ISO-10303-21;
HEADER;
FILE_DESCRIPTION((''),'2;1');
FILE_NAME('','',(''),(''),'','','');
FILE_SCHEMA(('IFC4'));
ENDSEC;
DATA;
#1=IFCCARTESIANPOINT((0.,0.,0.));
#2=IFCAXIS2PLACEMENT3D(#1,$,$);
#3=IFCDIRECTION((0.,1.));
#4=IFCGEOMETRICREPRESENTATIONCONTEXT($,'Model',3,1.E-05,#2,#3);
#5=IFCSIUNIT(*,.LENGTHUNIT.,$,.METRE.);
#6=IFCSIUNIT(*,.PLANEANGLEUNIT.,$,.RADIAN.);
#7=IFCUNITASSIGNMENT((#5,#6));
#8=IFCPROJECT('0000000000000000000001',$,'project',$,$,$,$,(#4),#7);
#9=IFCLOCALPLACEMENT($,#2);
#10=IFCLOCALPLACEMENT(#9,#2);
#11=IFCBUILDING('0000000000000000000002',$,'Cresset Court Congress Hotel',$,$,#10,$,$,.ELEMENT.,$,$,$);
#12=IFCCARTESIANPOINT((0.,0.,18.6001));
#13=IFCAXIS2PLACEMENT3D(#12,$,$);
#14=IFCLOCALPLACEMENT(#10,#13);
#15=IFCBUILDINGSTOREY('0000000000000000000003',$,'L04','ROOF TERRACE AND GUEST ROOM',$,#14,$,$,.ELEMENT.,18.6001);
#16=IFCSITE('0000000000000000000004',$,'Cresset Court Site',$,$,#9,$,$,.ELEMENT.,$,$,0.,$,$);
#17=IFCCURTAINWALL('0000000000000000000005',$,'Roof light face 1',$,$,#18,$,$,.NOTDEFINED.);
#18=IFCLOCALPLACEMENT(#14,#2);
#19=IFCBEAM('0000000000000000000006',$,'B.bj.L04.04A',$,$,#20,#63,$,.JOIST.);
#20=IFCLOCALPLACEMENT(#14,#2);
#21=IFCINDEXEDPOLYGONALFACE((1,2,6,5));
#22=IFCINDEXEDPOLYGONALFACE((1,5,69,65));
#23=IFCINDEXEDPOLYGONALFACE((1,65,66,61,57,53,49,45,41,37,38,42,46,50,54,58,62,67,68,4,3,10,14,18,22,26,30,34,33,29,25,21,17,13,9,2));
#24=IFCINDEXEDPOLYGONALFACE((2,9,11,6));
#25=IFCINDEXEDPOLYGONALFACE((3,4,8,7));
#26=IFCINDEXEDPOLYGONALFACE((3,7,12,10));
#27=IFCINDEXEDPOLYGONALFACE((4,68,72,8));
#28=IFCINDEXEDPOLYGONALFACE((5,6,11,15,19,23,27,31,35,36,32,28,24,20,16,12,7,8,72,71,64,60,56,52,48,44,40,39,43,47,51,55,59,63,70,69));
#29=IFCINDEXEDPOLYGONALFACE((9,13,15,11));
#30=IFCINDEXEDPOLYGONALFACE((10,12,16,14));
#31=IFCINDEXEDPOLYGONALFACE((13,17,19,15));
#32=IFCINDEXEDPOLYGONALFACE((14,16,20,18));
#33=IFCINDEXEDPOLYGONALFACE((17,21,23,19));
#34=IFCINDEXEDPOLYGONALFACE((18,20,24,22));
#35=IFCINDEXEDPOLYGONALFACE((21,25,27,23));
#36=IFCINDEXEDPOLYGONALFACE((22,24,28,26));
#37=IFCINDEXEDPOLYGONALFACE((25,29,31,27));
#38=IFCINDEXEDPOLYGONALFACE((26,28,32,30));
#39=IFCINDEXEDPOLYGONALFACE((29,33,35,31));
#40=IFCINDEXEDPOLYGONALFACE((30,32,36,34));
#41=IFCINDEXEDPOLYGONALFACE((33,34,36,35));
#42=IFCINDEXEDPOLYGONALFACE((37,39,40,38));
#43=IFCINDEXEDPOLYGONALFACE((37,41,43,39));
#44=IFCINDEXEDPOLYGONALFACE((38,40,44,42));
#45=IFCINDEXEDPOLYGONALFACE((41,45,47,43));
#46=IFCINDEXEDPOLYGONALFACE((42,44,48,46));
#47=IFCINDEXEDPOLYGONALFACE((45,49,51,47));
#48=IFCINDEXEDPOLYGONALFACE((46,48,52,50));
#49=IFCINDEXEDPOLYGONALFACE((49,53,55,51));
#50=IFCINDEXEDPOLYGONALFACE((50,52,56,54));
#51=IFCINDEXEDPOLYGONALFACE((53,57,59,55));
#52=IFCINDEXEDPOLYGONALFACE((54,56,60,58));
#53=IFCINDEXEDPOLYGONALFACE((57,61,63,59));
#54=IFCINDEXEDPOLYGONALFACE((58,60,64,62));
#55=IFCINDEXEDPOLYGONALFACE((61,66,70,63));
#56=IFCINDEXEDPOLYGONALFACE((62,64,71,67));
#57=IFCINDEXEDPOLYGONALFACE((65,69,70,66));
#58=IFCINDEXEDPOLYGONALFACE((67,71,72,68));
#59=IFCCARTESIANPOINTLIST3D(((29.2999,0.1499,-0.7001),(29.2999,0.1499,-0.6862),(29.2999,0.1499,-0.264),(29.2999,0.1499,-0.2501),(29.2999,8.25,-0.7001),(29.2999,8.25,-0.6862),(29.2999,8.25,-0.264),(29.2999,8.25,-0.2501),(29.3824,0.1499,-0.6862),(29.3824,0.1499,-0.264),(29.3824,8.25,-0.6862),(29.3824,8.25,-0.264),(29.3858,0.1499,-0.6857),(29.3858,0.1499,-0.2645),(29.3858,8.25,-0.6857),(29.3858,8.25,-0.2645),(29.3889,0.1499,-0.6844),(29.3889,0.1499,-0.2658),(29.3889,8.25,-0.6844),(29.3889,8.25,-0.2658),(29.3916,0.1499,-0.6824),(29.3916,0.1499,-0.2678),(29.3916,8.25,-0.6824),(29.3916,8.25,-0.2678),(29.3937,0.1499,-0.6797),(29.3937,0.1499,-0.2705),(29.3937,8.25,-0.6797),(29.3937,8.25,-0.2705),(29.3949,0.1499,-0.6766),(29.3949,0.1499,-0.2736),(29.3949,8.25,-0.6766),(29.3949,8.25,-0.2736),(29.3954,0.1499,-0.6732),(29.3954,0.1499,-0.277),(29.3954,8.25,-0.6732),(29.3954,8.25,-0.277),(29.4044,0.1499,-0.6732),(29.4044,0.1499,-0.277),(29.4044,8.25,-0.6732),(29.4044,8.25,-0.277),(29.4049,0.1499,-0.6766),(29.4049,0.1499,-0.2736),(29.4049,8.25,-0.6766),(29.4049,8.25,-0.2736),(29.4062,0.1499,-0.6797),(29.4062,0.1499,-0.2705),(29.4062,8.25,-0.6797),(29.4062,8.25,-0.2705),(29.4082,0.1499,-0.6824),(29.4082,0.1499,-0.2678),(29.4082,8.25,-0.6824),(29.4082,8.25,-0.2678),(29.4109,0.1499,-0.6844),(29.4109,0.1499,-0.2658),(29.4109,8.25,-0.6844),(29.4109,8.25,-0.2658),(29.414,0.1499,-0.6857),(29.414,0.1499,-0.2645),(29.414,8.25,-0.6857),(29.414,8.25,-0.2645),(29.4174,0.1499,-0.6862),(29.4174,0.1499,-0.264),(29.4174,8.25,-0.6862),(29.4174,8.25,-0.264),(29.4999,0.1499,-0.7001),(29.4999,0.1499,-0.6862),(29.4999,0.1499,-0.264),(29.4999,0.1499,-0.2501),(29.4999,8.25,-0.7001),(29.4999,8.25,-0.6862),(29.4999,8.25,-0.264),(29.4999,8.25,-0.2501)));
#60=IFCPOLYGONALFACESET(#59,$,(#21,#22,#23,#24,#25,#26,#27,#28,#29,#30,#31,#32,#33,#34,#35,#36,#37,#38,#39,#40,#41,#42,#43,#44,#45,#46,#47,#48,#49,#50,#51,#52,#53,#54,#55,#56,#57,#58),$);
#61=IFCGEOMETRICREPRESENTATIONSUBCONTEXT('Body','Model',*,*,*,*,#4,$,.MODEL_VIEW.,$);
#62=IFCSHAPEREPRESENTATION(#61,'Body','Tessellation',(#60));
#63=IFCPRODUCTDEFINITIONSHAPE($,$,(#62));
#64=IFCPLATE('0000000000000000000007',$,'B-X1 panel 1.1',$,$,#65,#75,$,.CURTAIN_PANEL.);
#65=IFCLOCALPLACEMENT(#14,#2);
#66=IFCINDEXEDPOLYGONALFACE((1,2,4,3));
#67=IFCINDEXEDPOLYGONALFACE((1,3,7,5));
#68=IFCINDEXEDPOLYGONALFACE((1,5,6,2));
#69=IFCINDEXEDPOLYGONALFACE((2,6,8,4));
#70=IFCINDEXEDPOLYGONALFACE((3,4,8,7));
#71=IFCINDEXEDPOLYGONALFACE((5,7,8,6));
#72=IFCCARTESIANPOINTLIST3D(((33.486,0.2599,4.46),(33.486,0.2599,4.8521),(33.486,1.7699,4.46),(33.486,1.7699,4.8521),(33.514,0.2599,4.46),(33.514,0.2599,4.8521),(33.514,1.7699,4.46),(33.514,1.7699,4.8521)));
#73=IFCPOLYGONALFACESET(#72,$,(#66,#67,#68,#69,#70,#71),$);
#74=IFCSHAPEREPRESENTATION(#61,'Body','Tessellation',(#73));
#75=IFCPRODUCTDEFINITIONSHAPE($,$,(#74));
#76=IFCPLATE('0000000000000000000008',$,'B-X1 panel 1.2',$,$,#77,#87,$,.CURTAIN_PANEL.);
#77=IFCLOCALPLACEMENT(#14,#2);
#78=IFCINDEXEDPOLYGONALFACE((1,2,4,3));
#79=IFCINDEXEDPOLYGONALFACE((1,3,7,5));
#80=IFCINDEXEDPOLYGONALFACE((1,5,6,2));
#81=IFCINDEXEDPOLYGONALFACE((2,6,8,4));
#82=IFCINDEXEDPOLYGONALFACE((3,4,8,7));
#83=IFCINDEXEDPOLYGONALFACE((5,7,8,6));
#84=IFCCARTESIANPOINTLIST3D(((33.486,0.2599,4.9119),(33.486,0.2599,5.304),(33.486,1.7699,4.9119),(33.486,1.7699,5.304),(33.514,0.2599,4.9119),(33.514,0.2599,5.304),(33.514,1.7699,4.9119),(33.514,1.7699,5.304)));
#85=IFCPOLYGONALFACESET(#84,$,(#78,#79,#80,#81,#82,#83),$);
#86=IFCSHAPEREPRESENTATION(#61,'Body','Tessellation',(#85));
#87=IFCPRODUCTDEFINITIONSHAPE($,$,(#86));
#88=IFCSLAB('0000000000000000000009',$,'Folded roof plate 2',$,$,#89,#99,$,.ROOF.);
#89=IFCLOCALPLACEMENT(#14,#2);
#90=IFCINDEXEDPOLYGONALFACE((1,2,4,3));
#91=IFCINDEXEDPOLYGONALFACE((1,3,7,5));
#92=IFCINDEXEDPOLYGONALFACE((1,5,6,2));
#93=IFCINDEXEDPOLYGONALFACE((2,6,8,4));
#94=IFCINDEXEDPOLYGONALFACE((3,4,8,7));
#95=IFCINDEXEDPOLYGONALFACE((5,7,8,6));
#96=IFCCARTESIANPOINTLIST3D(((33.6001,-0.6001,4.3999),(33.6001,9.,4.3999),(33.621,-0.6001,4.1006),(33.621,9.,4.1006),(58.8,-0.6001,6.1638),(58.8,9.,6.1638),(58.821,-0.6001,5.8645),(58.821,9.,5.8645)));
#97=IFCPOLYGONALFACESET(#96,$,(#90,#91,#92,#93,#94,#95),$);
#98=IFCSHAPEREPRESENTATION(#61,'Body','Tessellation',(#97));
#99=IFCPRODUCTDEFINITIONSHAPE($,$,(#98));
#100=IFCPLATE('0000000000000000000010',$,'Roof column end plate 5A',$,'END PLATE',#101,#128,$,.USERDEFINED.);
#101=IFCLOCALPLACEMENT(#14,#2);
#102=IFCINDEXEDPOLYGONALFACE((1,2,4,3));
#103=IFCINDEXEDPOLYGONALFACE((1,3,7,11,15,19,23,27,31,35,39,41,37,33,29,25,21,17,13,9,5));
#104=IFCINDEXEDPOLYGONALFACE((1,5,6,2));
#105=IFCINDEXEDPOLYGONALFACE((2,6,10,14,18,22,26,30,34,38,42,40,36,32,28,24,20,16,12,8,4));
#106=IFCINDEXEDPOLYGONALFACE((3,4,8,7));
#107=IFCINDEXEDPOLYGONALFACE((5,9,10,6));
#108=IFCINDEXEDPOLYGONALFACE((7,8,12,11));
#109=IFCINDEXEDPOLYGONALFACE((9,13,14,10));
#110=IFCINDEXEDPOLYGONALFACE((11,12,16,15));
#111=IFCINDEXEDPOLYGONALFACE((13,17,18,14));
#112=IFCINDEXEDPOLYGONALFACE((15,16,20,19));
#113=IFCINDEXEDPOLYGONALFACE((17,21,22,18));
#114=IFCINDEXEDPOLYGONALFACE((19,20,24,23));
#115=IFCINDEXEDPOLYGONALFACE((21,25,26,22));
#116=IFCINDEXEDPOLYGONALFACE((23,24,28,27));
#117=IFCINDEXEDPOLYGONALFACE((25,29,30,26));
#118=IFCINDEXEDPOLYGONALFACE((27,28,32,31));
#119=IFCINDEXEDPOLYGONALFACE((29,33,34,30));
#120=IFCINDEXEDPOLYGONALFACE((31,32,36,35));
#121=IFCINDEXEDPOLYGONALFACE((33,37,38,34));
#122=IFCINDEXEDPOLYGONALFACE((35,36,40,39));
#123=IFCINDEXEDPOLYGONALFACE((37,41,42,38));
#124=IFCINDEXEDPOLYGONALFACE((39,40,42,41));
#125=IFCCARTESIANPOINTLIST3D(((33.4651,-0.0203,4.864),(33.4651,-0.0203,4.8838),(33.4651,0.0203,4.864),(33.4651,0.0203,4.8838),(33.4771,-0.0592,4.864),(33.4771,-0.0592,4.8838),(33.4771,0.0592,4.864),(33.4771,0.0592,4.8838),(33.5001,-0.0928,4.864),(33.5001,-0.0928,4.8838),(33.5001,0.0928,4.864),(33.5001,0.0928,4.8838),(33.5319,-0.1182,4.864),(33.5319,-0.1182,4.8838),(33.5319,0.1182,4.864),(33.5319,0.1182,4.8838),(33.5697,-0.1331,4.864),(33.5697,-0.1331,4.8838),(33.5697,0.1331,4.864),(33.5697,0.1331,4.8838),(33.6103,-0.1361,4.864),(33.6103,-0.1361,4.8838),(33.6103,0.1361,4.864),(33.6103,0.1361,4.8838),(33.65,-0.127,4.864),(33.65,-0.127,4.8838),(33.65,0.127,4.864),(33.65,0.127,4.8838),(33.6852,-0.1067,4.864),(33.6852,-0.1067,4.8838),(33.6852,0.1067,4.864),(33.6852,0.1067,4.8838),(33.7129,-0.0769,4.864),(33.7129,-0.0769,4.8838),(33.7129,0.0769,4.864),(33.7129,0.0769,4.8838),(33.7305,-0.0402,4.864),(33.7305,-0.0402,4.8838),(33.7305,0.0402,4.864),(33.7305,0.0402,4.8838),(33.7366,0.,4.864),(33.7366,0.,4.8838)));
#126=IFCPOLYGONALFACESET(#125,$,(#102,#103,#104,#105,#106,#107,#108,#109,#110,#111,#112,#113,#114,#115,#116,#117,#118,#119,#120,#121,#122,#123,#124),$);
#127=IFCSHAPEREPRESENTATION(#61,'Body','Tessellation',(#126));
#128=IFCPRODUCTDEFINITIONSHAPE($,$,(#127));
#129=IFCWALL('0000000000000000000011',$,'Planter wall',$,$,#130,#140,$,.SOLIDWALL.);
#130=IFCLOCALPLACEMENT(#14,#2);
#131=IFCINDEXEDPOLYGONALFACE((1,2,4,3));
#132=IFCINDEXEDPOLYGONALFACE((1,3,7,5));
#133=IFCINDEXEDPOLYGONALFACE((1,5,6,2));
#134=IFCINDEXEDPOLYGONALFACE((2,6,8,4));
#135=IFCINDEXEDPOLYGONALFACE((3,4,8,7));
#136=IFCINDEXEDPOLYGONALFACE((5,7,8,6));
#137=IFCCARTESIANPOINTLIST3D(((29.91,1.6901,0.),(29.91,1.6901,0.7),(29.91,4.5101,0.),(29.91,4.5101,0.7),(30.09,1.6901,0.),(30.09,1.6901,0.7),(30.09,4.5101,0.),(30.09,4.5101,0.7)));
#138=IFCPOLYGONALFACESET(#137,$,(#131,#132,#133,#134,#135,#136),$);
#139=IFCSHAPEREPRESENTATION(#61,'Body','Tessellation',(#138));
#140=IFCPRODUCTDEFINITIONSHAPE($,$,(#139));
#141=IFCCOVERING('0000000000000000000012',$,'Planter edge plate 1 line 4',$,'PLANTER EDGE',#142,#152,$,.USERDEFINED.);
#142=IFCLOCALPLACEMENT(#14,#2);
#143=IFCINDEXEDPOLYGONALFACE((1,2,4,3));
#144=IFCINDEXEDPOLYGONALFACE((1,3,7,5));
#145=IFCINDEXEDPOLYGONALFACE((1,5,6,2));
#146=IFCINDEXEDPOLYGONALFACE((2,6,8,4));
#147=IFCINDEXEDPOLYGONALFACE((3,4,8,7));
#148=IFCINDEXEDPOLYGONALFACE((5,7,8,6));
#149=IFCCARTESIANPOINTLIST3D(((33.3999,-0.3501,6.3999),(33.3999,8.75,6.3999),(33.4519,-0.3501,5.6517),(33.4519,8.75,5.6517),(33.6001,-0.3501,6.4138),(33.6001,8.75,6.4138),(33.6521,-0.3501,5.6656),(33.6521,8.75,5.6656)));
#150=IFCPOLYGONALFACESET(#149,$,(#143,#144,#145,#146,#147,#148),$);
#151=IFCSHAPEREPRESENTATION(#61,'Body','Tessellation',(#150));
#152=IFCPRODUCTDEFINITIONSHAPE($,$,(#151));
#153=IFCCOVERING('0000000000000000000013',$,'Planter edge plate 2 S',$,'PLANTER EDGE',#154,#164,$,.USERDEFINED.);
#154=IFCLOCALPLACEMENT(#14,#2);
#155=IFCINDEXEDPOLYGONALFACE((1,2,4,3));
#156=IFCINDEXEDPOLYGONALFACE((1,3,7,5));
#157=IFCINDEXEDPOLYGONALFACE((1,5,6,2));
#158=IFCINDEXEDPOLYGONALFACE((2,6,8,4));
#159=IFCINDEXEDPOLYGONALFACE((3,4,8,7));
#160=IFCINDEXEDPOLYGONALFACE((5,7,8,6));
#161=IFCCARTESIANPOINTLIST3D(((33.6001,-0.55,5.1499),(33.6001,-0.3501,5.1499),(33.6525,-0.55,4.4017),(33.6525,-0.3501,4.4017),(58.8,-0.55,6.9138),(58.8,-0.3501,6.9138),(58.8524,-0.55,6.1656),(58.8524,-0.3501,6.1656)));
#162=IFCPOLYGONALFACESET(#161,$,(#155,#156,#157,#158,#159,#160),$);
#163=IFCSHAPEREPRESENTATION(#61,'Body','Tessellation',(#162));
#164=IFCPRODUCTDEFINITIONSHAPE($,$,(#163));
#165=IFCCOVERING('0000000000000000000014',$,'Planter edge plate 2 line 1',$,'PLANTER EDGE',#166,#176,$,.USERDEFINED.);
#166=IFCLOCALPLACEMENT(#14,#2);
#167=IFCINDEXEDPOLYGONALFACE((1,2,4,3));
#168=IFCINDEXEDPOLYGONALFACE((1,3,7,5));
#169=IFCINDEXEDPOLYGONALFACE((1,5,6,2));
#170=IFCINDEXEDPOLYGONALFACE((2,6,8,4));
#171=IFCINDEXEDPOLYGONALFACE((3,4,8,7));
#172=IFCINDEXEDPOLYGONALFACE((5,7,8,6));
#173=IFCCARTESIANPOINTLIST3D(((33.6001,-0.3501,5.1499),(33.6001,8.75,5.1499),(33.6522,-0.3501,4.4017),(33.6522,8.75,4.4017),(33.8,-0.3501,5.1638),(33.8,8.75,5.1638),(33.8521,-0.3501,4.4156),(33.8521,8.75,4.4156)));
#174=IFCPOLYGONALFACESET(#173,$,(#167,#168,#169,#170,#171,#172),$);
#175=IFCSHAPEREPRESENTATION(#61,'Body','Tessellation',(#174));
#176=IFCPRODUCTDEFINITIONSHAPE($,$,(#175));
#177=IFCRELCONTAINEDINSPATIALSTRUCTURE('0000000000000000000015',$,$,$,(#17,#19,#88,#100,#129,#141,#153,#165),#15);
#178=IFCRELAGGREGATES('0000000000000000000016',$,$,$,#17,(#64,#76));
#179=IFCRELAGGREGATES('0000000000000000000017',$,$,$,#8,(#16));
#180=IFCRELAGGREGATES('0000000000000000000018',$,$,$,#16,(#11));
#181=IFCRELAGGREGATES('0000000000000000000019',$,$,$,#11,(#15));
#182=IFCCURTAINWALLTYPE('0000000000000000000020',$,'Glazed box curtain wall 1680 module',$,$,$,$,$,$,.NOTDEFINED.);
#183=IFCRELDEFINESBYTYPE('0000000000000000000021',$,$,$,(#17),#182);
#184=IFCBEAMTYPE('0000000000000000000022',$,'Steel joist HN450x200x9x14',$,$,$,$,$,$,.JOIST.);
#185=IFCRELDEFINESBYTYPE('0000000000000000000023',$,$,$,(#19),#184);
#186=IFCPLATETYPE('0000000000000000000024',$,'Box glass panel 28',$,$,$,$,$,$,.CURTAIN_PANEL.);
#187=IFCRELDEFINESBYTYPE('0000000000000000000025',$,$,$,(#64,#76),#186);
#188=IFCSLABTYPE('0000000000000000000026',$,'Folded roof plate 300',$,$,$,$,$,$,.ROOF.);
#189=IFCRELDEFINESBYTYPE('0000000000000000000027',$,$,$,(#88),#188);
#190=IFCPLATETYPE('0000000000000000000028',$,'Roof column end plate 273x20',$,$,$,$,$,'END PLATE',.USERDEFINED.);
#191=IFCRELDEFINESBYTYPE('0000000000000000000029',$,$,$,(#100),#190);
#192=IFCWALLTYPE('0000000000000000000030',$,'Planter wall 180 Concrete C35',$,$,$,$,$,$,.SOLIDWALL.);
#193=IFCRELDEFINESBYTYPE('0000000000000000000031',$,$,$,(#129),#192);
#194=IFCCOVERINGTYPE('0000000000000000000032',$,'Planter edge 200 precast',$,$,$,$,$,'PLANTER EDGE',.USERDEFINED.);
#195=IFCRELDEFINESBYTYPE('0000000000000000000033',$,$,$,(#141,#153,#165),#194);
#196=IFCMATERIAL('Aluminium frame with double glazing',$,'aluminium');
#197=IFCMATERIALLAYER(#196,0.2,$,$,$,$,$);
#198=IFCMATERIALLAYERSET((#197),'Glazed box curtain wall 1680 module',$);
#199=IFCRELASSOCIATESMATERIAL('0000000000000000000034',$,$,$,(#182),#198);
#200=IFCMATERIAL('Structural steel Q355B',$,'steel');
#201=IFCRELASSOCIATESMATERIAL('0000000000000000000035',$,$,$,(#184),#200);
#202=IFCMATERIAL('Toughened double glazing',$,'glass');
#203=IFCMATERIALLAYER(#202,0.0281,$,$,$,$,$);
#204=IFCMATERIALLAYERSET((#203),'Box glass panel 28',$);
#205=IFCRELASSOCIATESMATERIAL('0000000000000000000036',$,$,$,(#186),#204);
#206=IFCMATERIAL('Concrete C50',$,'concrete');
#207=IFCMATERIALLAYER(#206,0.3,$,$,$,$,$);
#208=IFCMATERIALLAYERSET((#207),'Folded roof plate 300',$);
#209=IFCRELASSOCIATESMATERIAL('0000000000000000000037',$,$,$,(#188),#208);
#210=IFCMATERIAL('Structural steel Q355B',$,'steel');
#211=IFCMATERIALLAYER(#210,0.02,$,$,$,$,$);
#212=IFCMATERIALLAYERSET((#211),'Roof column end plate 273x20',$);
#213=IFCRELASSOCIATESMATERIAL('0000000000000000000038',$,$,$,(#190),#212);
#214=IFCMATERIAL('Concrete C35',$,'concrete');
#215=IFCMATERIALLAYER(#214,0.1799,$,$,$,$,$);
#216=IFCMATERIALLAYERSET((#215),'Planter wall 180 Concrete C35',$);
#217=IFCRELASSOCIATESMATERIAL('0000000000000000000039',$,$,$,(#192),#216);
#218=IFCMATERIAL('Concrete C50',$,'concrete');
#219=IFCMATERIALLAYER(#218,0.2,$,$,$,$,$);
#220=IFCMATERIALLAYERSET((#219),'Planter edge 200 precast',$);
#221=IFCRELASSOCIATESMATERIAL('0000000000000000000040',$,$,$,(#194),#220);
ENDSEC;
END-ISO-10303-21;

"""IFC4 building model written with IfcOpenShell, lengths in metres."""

from ifc_helpers import new_model, si_unit, direction, frame, frame_2d, origin, origin_2d, place, context, subcontext, project, spatial, polyline, rectangle, circle, i_section, outline, extrude, material, layer, layer_set, material_profile, profile_set, type_object, element, aggregate, save


model = new_model("IFC4")

# Units and contexts
model_context = context("Model", 3, precision=1e-05, world=origin(), true_north=direction((0.0, 1.0)))
body_context = subcontext(model_context, "Body", "Model", "MODEL_VIEW")
ifc_project = project(units=[si_unit("LENGTHUNIT", "METRE"), si_unit("PLANEANGLEUNIT", "RADIAN")], contexts=[model_context])

# Site, building, storey
site_placement = place(None, origin())
site = spatial("IfcSite", under=ifc_project, at=site_placement, Name="Cresset Court Site", CompositionType="ELEMENT", RefElevation=0.0)
building_placement = place(site_placement, origin())
building = spatial("IfcBuilding", under=site, at=building_placement, Name="Cresset Court Congress Hotel", CompositionType="ELEMENT")
storey_placement = place(building_placement, frame((0.0, 0.0, 18.6001)))
storey = spatial("IfcBuildingStorey", under=building, at=storey_placement, Name="L04", Description="ROOF TERRACE AND GUEST ROOM", CompositionType="ELEMENT", Elevation=18.6001)

# Curtain wall
ifc_material_1 = material(Name="Aluminium frame with double glazing", Category="aluminium")
ifc_layer_1 = layer(ifc_material_1, 0.2)
ifc_layer_set_1 = layer_set([ifc_layer_1], Name="Glazed box curtain wall 1680 module")
curtain_wall_type = type_object("IfcCurtainWallType", Name="Glazed box curtain wall 1680 module", PredefinedType="NOTDEFINED", material=ifc_layer_set_1)
curtain_wall_placement = place(storey_placement, origin())
curtain_wall = element("IfcCurtainWall", 1, at=curtain_wall_placement, inside=storey, type_object=curtain_wall_type, Name="Roof light face 1", PredefinedType="NOTDEFINED")

# Beam
ifc_material_2 = material(Name="Structural steel Q355B", Category="steel")
ifc_material_profile_1 = material_profile(ifc_material_2, i_section(OverallWidth=0.2, OverallDepth=0.45, WebThickness=0.009, FlangeThickness=0.0139, FilletRadius=0.0129, at=origin_2d()), Name="HN450x200x9x14")
ifc_profile_set_1 = profile_set([ifc_material_profile_1], Name="Structural steel Q355B")
beam_type_1 = type_object("IfcBeamType", Name="Steel joist HN450x200x9x14", PredefinedType="JOIST", material=ifc_profile_set_1)
beam_1_placement = place(storey_placement, frame((29.3999, 0.1499, -0.4751), z_axis=(0.0, 1.0, 0.0), x_axis=(-1.0, 0.0, 0.0)))
element("IfcBeam", 2, at=beam_1_placement, inside=storey, type_object=beam_type_1, Name="B.bj.L04.04A", PredefinedType="JOIST", context=body_context, shape_type="SweptSolid", body=[
    extrude(i_section(OverallWidth=0.2, OverallDepth=0.45, WebThickness=0.009, FlangeThickness=0.0139, FilletRadius=0.0129, at=origin_2d()), origin(), (0.0, 0.0, 1.0), 8.1001),
])

# Plates
ifc_material_3 = material(Name="Toughened double glazing", Category="glass")
ifc_layer_2 = layer(ifc_material_3, 0.0281)
ifc_layer_set_2 = layer_set([ifc_layer_2], Name="Box glass panel 28")
plate_type_1 = type_object("IfcPlateType", Name="Box glass panel 28", PredefinedType="CURTAIN_PANEL", material=ifc_layer_set_2)
plate_1_placement = place(storey_placement, frame((33.5, 1.0149, 4.46), z_axis=(0.0, 0.0, 1.0), x_axis=(0.0, 1.0, 0.0)))
plate_1 = element("IfcPlate", 3, at=plate_1_placement, type_object=plate_type_1, Name="B-X1 panel 1.1", PredefinedType="CURTAIN_PANEL", context=body_context, shape_type="SweptSolid", body=[
    extrude(rectangle(XDim=1.51, YDim=0.0281, at=origin_2d()), origin(), (0.0, 0.0, 1.0), 0.3921),
])
plate_2_placement = place(storey_placement, frame((33.5, 1.0149, 4.9119), z_axis=(0.0, 0.0, 1.0), x_axis=(0.0, 1.0, 0.0)))
plate_2 = element("IfcPlate", 4, at=plate_2_placement, type_object=plate_type_1, Name="B-X1 panel 1.2", PredefinedType="CURTAIN_PANEL", context=body_context, shape_type="SweptSolid", body=[
    extrude(rectangle(XDim=1.51, YDim=0.0281, at=origin_2d()), origin(), (0.0, 0.0, 1.0), 0.3921),
])
aggregate(curtain_wall, [plate_1, plate_2])

# Slab
ifc_material_4 = material(Name="Concrete C50", Category="concrete")
ifc_layer_3 = layer(ifc_material_4, 0.3)
ifc_layer_set_3 = layer_set([ifc_layer_3], Name="Folded roof plate 300")
slab_type = type_object("IfcSlabType", Name="Folded roof plate 300", PredefinedType="ROOF", material=ifc_layer_set_3)
slab_placement = place(storey_placement, frame((33.6001, -0.6001, 4.3999), z_axis=(-0.069826, 0.0, 0.997559), x_axis=(0.997559, 0.0, 0.069826)))
element("IfcSlab", 5, at=slab_placement, inside=storey, type_object=slab_type, Name="Folded roof plate 2", PredefinedType="ROOF", context=body_context, shape_type="SweptSolid", body=[
    extrude(outline(polyline([(0.0, 0.0), (25.2616, 0.0), (25.2616, 9.6001), (0.0, 9.6001), (0.0, 0.0)])), origin(), (0.0, 0.0, -1.0), 0.3),
])

# Plate
ifc_material_5 = material(Name="Structural steel Q355B", Category="steel")
ifc_layer_4 = layer(ifc_material_5, 0.02)
ifc_layer_set_4 = layer_set([ifc_layer_4], Name="Roof column end plate 273x20")
plate_type_2 = type_object("IfcPlateType", Name="Roof column end plate 273x20", ElementType="END PLATE", PredefinedType="USERDEFINED", material=ifc_layer_set_4)
plate_3_placement = place(storey_placement, frame((33.6001, 0.0, 4.864), z_axis=(0.0, 0.0, 1.0), x_axis=(1.0, 0.0, 0.0)))
element("IfcPlate", 6, at=plate_3_placement, inside=storey, type_object=plate_type_2, Name="Roof column end plate 5A", ObjectType="END PLATE", PredefinedType="USERDEFINED", context=body_context, shape_type="SweptSolid", body=[
    extrude(circle(Radius=0.1365, at=origin_2d()), origin(), (0.0, 0.0, 1.0), 0.0198),
])

# Wall
ifc_material_6 = material(Name="Concrete C35", Category="concrete")
ifc_layer_5 = layer(ifc_material_6, 0.1799)
ifc_layer_set_5 = layer_set([ifc_layer_5], Name="Planter wall 180 Concrete C35")
wall_type = type_object("IfcWallType", Name="Planter wall 180 Concrete C35", PredefinedType="SOLIDWALL", material=ifc_layer_set_5)
wall_placement = place(storey_placement, frame((30.0, 1.6899, 0.0), z_axis=(0.0, 0.0, 1.0), x_axis=(0.0, 1.0, 0.0)))
element("IfcWall", 7, at=wall_placement, inside=storey, type_object=wall_type, Name="Planter wall", PredefinedType="SOLIDWALL", context=body_context, shape_type="SweptSolid", body=[
    extrude(rectangle(XDim=2.8201, YDim=0.1799, at=frame_2d((1.4102, 0.0))), origin(), (0.0, 0.0, 1.0), 0.7),
])

# Coverings
ifc_material_7 = material(Name="Concrete C50", Category="concrete")
ifc_layer_6 = layer(ifc_material_7, 0.2)
ifc_layer_set_6 = layer_set([ifc_layer_6], Name="Planter edge 200 precast")
covering_type_1 = type_object("IfcCoveringType", Name="Planter edge 200 precast", ElementType="PLANTER EDGE", PredefinedType="USERDEFINED", material=ifc_layer_set_6)
covering_1_placement = place(storey_placement, frame((33.3999, -0.3501, 6.3999), z_axis=(-0.069345, 0.0, 0.997593), x_axis=(0.997593, 0.0, 0.069345)))
element("IfcCovering", 8, at=covering_1_placement, inside=storey, type_object=covering_type_1, Name="Planter edge plate 1 line 4", ObjectType="PLANTER EDGE", PredefinedType="USERDEFINED", context=body_context, shape_type="SweptSolid", body=[
    extrude(outline(polyline([(0.0, 0.0), (0.2007, 0.0), (0.2007, 9.1001), (0.0, 9.1001), (0.0, 0.0)])), origin(), (0.0, 0.0, -1.0), 0.75),
])
covering_2_placement = place(storey_placement, frame((33.6001, -0.55, 5.1499), z_axis=(-0.069826, 0.0, 0.997559), x_axis=(0.997559, 0.0, 0.069826)))
element("IfcCovering", 9, at=covering_2_placement, inside=storey, type_object=covering_type_1, Name="Planter edge plate 2 S", ObjectType="PLANTER EDGE", PredefinedType="USERDEFINED", context=body_context, shape_type="SweptSolid", body=[
    extrude(outline(polyline([(0.0, 0.0), (25.2616, 0.0), (25.2616, 0.2), (0.0, 0.2), (0.0, 0.0)])), origin(), (0.0, 0.0, -1.0), 0.75),
])
covering_3_placement = place(storey_placement, frame((33.6001, -0.3501, 5.1499), z_axis=(-0.069429, 0.0, 0.997587), x_axis=(0.997587, 0.0, 0.069429)))
element("IfcCovering", 10, at=covering_3_placement, inside=storey, type_object=covering_type_1, Name="Planter edge plate 2 line 1", ObjectType="PLANTER EDGE", PredefinedType="USERDEFINED", context=body_context, shape_type="SweptSolid", body=[
    extrude(outline(polyline([(0.0, 0.0), (0.2004, 0.0), (0.2004, 9.1001), (0.0, 9.1001), (0.0, 0.0)])), origin(), (0.0, 0.0, -1.0), 0.75),
])

save(model, "model.ifc")
